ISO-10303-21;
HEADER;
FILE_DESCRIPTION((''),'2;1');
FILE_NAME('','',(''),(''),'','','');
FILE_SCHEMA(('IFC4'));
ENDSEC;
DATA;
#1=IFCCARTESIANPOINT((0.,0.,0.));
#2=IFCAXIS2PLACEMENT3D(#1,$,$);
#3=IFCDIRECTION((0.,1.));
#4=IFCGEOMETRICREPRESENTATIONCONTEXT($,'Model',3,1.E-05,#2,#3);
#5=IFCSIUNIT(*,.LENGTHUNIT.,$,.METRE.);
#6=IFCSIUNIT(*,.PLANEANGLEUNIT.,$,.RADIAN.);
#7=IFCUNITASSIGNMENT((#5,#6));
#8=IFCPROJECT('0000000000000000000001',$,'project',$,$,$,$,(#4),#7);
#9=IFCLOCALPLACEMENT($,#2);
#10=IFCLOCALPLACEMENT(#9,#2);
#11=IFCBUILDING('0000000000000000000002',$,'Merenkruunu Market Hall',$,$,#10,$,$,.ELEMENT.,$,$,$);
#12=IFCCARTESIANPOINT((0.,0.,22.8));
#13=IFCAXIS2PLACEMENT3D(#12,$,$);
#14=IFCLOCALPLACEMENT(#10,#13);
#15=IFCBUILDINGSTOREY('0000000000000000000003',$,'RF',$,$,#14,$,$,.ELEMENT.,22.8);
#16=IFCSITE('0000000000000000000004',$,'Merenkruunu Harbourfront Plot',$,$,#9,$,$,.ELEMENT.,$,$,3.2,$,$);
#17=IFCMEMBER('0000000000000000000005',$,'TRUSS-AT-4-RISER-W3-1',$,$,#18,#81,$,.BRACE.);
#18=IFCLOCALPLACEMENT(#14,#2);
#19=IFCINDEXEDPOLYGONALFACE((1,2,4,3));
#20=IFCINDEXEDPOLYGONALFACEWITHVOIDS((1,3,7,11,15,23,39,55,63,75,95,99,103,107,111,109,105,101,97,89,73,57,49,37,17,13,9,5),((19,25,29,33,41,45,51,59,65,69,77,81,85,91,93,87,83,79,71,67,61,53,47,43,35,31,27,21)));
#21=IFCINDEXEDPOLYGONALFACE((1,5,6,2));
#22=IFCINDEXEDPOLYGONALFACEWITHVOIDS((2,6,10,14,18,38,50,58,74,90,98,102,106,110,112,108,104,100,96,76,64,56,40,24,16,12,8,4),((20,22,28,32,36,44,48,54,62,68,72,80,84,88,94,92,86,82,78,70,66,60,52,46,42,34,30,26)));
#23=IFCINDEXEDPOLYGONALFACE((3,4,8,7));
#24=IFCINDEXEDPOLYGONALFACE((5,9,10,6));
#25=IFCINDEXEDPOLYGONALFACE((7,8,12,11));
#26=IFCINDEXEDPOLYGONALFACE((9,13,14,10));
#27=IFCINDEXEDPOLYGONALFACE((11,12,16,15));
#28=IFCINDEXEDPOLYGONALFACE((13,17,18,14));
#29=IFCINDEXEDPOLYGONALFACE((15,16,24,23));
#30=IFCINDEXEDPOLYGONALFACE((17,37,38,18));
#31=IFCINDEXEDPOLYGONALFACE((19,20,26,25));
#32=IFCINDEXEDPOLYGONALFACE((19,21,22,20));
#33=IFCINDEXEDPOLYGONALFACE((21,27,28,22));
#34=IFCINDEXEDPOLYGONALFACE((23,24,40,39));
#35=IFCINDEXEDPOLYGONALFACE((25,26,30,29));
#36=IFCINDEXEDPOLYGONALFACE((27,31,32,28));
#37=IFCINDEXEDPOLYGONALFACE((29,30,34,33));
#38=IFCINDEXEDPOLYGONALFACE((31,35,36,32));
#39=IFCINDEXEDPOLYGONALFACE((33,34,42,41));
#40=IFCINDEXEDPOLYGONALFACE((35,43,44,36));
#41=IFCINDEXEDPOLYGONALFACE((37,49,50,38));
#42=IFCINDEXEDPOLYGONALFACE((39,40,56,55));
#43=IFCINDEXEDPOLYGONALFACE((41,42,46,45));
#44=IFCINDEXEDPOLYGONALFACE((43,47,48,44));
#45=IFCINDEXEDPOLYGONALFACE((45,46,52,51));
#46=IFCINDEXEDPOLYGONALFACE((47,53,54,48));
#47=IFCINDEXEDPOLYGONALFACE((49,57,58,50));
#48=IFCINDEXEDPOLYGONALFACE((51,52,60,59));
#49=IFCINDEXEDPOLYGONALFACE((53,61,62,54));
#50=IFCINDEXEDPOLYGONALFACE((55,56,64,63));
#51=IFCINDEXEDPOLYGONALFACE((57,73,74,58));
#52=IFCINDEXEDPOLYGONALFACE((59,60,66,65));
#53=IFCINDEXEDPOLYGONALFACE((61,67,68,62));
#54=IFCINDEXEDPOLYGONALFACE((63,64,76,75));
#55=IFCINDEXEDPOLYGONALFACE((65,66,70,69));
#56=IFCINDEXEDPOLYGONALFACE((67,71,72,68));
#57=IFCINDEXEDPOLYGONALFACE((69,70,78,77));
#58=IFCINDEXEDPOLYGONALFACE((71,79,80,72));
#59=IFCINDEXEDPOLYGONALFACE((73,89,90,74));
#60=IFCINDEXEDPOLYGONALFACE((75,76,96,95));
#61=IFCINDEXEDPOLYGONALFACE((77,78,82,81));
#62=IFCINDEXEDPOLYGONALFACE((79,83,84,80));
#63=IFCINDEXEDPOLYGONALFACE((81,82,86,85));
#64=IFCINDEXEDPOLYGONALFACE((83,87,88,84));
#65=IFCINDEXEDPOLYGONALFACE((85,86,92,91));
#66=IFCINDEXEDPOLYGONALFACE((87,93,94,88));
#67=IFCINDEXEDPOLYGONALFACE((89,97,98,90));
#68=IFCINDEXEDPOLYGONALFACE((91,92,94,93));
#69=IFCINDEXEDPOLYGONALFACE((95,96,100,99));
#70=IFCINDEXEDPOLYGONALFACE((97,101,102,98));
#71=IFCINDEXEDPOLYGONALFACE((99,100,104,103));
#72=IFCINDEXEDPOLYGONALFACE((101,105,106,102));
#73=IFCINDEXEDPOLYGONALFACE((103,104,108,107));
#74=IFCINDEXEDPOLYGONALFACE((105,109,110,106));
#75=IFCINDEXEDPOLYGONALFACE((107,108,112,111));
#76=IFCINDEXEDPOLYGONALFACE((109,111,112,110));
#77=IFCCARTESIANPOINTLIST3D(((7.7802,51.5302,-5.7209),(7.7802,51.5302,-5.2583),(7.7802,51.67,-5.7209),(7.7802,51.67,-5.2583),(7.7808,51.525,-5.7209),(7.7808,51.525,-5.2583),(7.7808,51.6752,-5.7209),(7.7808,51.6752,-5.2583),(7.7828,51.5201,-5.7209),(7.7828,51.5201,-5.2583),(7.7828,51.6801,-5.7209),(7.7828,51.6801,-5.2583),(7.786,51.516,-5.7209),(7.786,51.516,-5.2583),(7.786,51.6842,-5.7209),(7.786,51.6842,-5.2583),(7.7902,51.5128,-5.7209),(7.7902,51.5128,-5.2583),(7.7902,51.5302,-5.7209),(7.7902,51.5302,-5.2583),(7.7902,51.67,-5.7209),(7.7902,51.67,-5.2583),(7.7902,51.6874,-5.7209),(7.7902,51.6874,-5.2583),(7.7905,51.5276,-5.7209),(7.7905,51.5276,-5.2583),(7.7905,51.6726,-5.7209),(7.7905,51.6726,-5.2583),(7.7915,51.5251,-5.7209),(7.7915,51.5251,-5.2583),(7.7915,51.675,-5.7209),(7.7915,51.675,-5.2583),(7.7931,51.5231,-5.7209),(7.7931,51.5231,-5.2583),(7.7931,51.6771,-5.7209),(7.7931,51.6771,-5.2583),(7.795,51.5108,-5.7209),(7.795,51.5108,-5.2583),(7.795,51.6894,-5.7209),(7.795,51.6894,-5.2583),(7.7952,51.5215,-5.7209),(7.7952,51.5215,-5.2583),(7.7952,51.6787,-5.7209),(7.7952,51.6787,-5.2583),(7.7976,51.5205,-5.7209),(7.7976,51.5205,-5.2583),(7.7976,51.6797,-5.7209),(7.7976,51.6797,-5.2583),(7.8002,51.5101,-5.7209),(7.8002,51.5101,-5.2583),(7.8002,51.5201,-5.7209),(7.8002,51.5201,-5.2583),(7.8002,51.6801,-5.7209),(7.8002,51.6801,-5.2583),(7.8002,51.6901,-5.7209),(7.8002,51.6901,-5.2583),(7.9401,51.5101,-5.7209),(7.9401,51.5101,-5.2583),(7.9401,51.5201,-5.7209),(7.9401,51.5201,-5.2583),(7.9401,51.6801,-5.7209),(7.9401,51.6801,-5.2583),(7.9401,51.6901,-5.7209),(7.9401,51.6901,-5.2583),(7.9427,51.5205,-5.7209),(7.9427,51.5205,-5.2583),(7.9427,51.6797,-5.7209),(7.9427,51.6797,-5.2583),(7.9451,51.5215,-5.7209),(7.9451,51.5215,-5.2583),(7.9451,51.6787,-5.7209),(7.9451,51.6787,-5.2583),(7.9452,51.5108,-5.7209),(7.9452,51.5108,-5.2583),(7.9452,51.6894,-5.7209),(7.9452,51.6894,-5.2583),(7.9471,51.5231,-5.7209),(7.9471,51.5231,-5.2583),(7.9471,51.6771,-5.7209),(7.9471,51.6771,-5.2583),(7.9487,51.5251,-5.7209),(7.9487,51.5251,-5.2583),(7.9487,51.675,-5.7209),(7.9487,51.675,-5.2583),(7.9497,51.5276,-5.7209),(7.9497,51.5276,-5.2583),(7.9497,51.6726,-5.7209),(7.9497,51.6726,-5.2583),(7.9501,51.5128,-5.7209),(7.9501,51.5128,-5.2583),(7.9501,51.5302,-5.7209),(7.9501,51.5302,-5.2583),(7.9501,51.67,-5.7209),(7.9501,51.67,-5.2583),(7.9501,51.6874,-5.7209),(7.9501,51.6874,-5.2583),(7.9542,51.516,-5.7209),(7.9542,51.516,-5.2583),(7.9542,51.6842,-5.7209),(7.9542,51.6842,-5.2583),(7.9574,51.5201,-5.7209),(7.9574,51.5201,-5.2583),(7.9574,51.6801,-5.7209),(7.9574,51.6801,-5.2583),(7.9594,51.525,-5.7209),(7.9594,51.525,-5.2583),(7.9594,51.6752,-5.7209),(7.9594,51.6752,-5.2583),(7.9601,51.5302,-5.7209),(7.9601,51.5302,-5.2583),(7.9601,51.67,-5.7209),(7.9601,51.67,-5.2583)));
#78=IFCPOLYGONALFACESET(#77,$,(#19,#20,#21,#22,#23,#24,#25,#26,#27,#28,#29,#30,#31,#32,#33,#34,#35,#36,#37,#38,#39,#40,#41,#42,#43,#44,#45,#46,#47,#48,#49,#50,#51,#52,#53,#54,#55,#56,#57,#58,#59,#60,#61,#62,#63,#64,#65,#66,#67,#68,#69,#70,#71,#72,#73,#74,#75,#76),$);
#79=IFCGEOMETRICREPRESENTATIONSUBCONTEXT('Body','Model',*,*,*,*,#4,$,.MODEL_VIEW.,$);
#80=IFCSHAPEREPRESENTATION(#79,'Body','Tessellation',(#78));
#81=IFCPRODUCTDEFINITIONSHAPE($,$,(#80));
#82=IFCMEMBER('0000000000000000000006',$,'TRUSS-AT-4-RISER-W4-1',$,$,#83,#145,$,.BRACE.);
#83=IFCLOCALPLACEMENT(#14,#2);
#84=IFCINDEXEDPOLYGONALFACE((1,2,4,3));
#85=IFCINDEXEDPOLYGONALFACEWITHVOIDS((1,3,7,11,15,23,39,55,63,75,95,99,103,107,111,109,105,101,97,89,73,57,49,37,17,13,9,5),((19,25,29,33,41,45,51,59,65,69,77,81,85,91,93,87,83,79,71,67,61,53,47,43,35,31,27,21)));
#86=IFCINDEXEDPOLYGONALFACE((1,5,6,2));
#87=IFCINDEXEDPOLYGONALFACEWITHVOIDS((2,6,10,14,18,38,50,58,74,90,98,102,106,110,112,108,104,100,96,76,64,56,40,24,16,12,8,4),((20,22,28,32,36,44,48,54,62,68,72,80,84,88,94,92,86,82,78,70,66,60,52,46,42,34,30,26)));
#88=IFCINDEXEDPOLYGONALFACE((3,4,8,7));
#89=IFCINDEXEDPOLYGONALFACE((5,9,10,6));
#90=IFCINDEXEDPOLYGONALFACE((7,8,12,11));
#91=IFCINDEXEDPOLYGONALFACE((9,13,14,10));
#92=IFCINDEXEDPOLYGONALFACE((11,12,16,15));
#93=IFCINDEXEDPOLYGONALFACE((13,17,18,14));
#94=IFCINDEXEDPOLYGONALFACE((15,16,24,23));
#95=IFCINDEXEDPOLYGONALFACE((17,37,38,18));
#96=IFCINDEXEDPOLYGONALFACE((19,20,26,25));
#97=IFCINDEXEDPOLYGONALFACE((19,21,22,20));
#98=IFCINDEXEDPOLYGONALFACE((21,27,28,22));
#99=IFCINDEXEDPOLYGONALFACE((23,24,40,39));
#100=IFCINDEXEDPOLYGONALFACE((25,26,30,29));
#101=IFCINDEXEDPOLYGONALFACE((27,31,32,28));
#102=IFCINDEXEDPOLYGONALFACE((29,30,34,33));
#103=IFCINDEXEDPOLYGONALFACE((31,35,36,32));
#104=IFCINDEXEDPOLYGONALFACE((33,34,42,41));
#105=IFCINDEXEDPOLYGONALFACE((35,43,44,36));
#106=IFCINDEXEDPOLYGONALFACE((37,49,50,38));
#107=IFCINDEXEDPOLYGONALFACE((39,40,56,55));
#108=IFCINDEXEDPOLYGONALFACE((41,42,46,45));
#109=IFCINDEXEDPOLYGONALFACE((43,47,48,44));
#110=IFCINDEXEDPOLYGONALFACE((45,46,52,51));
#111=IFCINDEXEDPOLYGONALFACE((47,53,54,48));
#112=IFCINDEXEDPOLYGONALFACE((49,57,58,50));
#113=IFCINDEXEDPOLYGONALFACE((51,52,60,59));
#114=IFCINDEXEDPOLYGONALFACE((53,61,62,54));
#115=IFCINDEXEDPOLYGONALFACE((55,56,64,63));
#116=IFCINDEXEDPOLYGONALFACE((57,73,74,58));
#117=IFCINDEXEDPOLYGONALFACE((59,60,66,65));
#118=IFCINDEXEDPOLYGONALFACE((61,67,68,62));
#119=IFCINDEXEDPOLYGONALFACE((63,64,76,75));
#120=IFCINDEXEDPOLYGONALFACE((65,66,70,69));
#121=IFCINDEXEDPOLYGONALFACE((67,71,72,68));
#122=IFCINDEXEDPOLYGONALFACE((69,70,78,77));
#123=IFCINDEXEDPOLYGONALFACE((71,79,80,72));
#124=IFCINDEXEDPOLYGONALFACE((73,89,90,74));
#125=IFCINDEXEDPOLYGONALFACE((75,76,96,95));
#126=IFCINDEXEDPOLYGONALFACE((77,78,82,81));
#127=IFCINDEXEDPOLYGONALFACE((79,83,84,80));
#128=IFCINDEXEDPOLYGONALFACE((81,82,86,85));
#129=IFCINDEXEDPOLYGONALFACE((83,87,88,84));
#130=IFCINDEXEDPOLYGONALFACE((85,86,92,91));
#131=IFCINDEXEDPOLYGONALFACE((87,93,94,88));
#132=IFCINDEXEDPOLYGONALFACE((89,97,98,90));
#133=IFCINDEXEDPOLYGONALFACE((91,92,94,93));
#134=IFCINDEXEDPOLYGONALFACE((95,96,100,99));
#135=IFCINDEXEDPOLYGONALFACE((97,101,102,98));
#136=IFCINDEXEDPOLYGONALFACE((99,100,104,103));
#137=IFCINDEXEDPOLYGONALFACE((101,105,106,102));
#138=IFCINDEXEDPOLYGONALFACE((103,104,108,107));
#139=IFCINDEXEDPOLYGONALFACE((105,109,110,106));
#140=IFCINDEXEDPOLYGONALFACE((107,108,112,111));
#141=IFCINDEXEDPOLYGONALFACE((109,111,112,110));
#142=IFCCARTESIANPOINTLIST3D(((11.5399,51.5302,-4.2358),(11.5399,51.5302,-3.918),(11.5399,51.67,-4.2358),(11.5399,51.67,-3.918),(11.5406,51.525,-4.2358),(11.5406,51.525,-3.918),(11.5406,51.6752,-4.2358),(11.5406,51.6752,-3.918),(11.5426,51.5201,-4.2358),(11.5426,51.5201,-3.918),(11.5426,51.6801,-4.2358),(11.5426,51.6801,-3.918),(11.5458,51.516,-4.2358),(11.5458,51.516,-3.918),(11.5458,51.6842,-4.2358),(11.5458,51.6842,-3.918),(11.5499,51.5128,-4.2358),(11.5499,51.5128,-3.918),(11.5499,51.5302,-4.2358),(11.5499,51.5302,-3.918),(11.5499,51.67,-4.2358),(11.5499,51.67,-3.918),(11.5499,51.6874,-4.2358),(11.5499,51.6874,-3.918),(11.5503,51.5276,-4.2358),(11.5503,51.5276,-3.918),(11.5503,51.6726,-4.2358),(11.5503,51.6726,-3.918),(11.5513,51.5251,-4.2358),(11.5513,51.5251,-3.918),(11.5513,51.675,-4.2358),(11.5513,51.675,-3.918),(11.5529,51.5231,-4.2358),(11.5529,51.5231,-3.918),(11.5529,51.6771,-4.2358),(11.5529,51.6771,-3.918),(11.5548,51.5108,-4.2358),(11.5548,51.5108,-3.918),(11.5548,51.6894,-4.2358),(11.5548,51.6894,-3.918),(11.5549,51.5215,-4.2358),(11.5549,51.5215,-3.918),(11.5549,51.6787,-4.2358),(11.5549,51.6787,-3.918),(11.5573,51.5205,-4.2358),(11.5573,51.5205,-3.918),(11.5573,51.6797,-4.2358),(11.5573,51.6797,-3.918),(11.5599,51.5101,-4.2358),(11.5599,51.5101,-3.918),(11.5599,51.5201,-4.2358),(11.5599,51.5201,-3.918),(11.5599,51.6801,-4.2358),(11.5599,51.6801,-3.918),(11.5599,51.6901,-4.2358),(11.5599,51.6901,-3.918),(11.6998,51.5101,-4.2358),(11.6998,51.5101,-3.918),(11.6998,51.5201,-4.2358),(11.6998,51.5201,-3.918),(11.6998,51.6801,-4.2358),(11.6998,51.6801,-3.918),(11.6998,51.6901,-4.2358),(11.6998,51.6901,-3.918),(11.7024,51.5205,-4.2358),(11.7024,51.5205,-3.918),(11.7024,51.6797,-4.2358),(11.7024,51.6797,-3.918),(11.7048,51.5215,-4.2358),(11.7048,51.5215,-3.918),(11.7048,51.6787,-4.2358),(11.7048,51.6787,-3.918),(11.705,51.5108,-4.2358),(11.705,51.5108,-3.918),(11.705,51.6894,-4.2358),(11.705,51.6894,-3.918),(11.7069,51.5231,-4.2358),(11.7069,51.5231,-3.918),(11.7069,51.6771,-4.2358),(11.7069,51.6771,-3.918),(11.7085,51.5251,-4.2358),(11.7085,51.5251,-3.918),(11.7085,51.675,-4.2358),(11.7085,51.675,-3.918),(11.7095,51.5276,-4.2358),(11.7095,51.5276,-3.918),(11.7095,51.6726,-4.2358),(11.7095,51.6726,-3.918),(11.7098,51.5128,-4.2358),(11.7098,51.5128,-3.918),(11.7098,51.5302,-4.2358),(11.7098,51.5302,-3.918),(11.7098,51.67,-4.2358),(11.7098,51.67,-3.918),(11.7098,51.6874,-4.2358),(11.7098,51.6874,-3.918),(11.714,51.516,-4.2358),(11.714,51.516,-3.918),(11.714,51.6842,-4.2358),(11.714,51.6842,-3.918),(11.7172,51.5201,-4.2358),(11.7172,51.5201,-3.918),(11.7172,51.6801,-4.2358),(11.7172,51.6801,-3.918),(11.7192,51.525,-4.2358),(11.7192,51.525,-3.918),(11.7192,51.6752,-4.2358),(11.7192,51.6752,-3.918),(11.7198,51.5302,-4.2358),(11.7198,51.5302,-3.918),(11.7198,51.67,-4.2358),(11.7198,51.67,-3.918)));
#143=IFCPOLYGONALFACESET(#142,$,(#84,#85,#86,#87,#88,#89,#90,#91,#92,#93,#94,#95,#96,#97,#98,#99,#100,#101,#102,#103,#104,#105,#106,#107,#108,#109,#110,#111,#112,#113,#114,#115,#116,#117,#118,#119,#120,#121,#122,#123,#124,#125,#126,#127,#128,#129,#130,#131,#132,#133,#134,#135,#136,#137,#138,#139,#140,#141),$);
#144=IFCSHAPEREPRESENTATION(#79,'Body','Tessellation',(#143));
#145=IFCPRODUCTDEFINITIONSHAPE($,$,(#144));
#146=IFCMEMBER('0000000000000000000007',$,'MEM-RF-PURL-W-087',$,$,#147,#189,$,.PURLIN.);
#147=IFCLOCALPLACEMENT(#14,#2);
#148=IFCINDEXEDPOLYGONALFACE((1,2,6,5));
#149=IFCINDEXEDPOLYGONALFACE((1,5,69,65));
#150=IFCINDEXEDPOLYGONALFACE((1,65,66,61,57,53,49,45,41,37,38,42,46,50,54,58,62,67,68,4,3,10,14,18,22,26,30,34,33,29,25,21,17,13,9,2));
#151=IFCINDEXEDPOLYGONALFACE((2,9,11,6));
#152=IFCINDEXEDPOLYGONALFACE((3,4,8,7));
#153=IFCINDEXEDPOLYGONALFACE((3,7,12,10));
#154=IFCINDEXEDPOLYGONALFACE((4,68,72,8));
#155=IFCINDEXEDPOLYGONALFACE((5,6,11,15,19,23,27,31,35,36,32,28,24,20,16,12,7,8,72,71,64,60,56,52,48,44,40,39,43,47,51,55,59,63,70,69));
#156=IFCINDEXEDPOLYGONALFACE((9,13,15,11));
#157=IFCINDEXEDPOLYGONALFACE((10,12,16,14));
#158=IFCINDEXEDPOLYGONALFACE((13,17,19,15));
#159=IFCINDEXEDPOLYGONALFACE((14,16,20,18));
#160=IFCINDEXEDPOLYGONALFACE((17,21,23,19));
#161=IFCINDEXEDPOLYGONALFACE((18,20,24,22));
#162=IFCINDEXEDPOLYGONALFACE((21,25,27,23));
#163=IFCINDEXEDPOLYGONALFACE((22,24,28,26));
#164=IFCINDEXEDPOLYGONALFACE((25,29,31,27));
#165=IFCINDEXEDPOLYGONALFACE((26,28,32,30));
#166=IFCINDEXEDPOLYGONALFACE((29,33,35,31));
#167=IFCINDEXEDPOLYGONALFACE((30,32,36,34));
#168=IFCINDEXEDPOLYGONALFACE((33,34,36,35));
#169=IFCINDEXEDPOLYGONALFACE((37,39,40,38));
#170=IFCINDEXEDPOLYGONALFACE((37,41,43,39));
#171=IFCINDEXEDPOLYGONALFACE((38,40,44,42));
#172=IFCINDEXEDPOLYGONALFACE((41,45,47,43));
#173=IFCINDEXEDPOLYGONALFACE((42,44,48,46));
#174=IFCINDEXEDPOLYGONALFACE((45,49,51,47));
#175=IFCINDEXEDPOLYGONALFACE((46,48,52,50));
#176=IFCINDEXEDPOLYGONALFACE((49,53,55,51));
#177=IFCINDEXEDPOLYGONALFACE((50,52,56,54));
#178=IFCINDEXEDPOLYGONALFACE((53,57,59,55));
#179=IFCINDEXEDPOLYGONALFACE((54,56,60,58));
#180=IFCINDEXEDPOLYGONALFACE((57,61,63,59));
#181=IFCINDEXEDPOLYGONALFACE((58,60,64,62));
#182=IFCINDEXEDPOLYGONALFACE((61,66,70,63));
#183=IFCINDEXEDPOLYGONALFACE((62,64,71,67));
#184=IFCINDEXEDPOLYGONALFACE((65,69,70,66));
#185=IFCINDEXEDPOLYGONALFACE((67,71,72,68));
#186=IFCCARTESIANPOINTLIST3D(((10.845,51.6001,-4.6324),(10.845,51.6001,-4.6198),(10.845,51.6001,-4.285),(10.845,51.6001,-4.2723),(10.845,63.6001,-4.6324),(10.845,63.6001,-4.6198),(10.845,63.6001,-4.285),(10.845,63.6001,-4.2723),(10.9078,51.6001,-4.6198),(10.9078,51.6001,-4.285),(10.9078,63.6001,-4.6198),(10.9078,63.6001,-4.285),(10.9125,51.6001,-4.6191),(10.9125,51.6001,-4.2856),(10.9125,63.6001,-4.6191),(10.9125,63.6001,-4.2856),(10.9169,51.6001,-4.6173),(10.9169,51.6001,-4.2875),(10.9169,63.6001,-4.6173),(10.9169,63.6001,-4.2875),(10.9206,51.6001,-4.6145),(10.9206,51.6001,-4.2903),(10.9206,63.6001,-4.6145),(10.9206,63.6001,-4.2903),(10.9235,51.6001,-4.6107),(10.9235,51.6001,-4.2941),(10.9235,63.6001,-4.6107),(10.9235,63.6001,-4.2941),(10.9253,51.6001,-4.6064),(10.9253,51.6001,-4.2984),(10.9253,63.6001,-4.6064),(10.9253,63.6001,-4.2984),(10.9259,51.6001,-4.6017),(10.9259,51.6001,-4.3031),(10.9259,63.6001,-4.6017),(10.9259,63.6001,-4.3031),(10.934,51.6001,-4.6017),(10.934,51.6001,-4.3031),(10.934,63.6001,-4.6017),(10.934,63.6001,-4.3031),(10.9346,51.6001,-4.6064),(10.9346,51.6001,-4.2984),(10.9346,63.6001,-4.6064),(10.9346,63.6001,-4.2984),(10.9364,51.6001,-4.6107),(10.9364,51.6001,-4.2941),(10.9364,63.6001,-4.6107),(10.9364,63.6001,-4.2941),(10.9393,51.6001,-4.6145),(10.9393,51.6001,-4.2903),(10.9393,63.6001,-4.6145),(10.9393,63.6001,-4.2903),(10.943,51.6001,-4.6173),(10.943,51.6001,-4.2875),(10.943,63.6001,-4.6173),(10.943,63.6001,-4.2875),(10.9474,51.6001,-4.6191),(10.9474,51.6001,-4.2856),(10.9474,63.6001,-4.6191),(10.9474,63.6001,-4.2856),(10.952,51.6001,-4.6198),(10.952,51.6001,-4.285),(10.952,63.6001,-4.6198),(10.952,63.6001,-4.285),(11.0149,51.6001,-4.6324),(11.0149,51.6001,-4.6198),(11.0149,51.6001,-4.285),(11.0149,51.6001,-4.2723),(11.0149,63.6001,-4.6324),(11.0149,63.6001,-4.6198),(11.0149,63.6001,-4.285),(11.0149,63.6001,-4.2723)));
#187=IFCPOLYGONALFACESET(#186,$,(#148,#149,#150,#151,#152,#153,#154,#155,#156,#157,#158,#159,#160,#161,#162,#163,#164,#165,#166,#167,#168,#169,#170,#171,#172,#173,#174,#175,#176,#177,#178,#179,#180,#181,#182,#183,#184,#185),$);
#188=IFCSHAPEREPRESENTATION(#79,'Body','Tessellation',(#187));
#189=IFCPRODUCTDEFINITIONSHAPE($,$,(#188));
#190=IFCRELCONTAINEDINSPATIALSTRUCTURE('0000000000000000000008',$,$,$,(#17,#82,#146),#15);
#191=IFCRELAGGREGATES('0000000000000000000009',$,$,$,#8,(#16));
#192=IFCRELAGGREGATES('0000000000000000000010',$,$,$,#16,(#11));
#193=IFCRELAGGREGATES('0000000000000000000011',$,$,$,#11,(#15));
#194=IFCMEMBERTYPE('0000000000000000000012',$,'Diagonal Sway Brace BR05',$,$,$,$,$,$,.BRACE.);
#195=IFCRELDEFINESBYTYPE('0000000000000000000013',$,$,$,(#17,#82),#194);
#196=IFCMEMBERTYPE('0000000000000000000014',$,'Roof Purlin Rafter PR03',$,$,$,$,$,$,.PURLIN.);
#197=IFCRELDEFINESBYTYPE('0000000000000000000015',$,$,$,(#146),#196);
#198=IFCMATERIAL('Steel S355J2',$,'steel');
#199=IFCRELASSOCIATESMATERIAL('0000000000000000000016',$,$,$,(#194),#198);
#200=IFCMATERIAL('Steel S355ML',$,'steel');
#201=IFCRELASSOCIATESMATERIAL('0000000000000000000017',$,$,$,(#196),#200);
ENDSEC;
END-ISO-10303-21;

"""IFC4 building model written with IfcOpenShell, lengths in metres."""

from ifc_helpers import new_model, si_unit, direction, frame, origin, origin_2d, place, context, subcontext, project, spatial, hollow_rectangle, i_section, extrude, material, material_profile, profile_set, type_object, element, save


model = new_model("IFC4")

# Units and contexts
model_context = context("Model", 3, precision=1e-05, world=origin(), true_north=direction((0.0, 1.0)))
body_context = subcontext(model_context, "Body", "Model", "MODEL_VIEW")
ifc_project = project(units=[si_unit("LENGTHUNIT", "METRE"), si_unit("PLANEANGLEUNIT", "RADIAN")], contexts=[model_context])

# Site, building, storey
site_placement = place(None, origin())
site = spatial("IfcSite", under=ifc_project, at=site_placement, Name="Merenkruunu Harbourfront Plot", CompositionType="ELEMENT", RefElevation=3.2)
building_placement = place(site_placement, origin())
building = spatial("IfcBuilding", under=site, at=building_placement, Name="Merenkruunu Market Hall", CompositionType="ELEMENT")
storey_placement = place(building_placement, frame((0.0, 0.0, 22.8)))
storey = spatial("IfcBuildingStorey", under=building, at=storey_placement, Name="RF", CompositionType="ELEMENT", Elevation=22.8)

# Shared definitions
ifc_material_1 = material(Name="Steel S355ML", Category="steel")

# Members
ifc_material_2 = material(Name="Steel S355J2", Category="steel")
ifc_material_profile_1 = material_profile(ifc_material_2, hollow_rectangle(XDim=0.1799, YDim=0.1799, WallThickness=0.01, InnerFilletRadius=0.01, OuterFilletRadius=0.02, at=origin_2d()), Name="SHS 180x180x10")
ifc_profile_set_1 = profile_set([ifc_material_profile_1], Name="Steel S355J2")
member_type_1 = type_object("IfcMemberType", Name="Diagonal Sway Brace BR05", PredefinedType="BRACE", material=ifc_profile_set_1)
member_1_placement = place(storey_placement, frame((7.8701, 51.6001, -5.7209), z_axis=(0.0, 0.0, 1.0), x_axis=(1.0, 0.0, 0.0)))
element("IfcMember", 1, at=member_1_placement, inside=storey, type_object=member_type_1, Name="TRUSS-AT-4-RISER-W3-1", PredefinedType="BRACE", context=body_context, shape_type="SweptSolid", body=[
    extrude(hollow_rectangle(XDim=0.1799, YDim=0.1799, WallThickness=0.01, InnerFilletRadius=0.01, OuterFilletRadius=0.02, at=origin_2d()), origin(), (0.0, 0.0, 1.0), 0.4626),
])
member_2_placement = place(storey_placement, frame((11.6299, 51.6001, -4.2358), z_axis=(0.0, 0.0, 1.0), x_axis=(1.0, 0.0, 0.0)))
element("IfcMember", 2, at=member_2_placement, inside=storey, type_object=member_type_1, Name="TRUSS-AT-4-RISER-W4-1", PredefinedType="BRACE", context=body_context, shape_type="SweptSolid", body=[
    extrude(hollow_rectangle(XDim=0.1799, YDim=0.1799, WallThickness=0.01, InnerFilletRadius=0.01, OuterFilletRadius=0.02, at=origin_2d()), origin(), (0.0, 0.0, 1.0), 0.3179),
])
ifc_material_profile_2 = material_profile(ifc_material_1, i_section(OverallWidth=0.1699, OverallDepth=0.3601, WebThickness=0.0081, FlangeThickness=0.0127, FilletRadius=0.0181, at=origin_2d()), Name="IPE 360")
ifc_profile_set_2 = profile_set([ifc_material_profile_2], Name="Steel S355ML")
member_type_2 = type_object("IfcMemberType", Name="Roof Purlin Rafter PR03", PredefinedType="PURLIN", material=ifc_profile_set_2)
member_3_placement = place(storey_placement, frame((10.9299, 51.6001, -4.4524), z_axis=(0.0, 1.0, 0.0), x_axis=(-1.0, 0.0, 0.0)))
element("IfcMember", 3, at=member_3_placement, inside=storey, type_object=member_type_2, Name="MEM-RF-PURL-W-087", PredefinedType="PURLIN", context=body_context, shape_type="SweptSolid", body=[
    extrude(i_section(OverallWidth=0.1699, OverallDepth=0.3601, WebThickness=0.0081, FlangeThickness=0.0127, FilletRadius=0.0181, at=origin_2d()), origin(), (0.0, 0.0, 1.0), 12.0),
])

save(model, "model.ifc")
